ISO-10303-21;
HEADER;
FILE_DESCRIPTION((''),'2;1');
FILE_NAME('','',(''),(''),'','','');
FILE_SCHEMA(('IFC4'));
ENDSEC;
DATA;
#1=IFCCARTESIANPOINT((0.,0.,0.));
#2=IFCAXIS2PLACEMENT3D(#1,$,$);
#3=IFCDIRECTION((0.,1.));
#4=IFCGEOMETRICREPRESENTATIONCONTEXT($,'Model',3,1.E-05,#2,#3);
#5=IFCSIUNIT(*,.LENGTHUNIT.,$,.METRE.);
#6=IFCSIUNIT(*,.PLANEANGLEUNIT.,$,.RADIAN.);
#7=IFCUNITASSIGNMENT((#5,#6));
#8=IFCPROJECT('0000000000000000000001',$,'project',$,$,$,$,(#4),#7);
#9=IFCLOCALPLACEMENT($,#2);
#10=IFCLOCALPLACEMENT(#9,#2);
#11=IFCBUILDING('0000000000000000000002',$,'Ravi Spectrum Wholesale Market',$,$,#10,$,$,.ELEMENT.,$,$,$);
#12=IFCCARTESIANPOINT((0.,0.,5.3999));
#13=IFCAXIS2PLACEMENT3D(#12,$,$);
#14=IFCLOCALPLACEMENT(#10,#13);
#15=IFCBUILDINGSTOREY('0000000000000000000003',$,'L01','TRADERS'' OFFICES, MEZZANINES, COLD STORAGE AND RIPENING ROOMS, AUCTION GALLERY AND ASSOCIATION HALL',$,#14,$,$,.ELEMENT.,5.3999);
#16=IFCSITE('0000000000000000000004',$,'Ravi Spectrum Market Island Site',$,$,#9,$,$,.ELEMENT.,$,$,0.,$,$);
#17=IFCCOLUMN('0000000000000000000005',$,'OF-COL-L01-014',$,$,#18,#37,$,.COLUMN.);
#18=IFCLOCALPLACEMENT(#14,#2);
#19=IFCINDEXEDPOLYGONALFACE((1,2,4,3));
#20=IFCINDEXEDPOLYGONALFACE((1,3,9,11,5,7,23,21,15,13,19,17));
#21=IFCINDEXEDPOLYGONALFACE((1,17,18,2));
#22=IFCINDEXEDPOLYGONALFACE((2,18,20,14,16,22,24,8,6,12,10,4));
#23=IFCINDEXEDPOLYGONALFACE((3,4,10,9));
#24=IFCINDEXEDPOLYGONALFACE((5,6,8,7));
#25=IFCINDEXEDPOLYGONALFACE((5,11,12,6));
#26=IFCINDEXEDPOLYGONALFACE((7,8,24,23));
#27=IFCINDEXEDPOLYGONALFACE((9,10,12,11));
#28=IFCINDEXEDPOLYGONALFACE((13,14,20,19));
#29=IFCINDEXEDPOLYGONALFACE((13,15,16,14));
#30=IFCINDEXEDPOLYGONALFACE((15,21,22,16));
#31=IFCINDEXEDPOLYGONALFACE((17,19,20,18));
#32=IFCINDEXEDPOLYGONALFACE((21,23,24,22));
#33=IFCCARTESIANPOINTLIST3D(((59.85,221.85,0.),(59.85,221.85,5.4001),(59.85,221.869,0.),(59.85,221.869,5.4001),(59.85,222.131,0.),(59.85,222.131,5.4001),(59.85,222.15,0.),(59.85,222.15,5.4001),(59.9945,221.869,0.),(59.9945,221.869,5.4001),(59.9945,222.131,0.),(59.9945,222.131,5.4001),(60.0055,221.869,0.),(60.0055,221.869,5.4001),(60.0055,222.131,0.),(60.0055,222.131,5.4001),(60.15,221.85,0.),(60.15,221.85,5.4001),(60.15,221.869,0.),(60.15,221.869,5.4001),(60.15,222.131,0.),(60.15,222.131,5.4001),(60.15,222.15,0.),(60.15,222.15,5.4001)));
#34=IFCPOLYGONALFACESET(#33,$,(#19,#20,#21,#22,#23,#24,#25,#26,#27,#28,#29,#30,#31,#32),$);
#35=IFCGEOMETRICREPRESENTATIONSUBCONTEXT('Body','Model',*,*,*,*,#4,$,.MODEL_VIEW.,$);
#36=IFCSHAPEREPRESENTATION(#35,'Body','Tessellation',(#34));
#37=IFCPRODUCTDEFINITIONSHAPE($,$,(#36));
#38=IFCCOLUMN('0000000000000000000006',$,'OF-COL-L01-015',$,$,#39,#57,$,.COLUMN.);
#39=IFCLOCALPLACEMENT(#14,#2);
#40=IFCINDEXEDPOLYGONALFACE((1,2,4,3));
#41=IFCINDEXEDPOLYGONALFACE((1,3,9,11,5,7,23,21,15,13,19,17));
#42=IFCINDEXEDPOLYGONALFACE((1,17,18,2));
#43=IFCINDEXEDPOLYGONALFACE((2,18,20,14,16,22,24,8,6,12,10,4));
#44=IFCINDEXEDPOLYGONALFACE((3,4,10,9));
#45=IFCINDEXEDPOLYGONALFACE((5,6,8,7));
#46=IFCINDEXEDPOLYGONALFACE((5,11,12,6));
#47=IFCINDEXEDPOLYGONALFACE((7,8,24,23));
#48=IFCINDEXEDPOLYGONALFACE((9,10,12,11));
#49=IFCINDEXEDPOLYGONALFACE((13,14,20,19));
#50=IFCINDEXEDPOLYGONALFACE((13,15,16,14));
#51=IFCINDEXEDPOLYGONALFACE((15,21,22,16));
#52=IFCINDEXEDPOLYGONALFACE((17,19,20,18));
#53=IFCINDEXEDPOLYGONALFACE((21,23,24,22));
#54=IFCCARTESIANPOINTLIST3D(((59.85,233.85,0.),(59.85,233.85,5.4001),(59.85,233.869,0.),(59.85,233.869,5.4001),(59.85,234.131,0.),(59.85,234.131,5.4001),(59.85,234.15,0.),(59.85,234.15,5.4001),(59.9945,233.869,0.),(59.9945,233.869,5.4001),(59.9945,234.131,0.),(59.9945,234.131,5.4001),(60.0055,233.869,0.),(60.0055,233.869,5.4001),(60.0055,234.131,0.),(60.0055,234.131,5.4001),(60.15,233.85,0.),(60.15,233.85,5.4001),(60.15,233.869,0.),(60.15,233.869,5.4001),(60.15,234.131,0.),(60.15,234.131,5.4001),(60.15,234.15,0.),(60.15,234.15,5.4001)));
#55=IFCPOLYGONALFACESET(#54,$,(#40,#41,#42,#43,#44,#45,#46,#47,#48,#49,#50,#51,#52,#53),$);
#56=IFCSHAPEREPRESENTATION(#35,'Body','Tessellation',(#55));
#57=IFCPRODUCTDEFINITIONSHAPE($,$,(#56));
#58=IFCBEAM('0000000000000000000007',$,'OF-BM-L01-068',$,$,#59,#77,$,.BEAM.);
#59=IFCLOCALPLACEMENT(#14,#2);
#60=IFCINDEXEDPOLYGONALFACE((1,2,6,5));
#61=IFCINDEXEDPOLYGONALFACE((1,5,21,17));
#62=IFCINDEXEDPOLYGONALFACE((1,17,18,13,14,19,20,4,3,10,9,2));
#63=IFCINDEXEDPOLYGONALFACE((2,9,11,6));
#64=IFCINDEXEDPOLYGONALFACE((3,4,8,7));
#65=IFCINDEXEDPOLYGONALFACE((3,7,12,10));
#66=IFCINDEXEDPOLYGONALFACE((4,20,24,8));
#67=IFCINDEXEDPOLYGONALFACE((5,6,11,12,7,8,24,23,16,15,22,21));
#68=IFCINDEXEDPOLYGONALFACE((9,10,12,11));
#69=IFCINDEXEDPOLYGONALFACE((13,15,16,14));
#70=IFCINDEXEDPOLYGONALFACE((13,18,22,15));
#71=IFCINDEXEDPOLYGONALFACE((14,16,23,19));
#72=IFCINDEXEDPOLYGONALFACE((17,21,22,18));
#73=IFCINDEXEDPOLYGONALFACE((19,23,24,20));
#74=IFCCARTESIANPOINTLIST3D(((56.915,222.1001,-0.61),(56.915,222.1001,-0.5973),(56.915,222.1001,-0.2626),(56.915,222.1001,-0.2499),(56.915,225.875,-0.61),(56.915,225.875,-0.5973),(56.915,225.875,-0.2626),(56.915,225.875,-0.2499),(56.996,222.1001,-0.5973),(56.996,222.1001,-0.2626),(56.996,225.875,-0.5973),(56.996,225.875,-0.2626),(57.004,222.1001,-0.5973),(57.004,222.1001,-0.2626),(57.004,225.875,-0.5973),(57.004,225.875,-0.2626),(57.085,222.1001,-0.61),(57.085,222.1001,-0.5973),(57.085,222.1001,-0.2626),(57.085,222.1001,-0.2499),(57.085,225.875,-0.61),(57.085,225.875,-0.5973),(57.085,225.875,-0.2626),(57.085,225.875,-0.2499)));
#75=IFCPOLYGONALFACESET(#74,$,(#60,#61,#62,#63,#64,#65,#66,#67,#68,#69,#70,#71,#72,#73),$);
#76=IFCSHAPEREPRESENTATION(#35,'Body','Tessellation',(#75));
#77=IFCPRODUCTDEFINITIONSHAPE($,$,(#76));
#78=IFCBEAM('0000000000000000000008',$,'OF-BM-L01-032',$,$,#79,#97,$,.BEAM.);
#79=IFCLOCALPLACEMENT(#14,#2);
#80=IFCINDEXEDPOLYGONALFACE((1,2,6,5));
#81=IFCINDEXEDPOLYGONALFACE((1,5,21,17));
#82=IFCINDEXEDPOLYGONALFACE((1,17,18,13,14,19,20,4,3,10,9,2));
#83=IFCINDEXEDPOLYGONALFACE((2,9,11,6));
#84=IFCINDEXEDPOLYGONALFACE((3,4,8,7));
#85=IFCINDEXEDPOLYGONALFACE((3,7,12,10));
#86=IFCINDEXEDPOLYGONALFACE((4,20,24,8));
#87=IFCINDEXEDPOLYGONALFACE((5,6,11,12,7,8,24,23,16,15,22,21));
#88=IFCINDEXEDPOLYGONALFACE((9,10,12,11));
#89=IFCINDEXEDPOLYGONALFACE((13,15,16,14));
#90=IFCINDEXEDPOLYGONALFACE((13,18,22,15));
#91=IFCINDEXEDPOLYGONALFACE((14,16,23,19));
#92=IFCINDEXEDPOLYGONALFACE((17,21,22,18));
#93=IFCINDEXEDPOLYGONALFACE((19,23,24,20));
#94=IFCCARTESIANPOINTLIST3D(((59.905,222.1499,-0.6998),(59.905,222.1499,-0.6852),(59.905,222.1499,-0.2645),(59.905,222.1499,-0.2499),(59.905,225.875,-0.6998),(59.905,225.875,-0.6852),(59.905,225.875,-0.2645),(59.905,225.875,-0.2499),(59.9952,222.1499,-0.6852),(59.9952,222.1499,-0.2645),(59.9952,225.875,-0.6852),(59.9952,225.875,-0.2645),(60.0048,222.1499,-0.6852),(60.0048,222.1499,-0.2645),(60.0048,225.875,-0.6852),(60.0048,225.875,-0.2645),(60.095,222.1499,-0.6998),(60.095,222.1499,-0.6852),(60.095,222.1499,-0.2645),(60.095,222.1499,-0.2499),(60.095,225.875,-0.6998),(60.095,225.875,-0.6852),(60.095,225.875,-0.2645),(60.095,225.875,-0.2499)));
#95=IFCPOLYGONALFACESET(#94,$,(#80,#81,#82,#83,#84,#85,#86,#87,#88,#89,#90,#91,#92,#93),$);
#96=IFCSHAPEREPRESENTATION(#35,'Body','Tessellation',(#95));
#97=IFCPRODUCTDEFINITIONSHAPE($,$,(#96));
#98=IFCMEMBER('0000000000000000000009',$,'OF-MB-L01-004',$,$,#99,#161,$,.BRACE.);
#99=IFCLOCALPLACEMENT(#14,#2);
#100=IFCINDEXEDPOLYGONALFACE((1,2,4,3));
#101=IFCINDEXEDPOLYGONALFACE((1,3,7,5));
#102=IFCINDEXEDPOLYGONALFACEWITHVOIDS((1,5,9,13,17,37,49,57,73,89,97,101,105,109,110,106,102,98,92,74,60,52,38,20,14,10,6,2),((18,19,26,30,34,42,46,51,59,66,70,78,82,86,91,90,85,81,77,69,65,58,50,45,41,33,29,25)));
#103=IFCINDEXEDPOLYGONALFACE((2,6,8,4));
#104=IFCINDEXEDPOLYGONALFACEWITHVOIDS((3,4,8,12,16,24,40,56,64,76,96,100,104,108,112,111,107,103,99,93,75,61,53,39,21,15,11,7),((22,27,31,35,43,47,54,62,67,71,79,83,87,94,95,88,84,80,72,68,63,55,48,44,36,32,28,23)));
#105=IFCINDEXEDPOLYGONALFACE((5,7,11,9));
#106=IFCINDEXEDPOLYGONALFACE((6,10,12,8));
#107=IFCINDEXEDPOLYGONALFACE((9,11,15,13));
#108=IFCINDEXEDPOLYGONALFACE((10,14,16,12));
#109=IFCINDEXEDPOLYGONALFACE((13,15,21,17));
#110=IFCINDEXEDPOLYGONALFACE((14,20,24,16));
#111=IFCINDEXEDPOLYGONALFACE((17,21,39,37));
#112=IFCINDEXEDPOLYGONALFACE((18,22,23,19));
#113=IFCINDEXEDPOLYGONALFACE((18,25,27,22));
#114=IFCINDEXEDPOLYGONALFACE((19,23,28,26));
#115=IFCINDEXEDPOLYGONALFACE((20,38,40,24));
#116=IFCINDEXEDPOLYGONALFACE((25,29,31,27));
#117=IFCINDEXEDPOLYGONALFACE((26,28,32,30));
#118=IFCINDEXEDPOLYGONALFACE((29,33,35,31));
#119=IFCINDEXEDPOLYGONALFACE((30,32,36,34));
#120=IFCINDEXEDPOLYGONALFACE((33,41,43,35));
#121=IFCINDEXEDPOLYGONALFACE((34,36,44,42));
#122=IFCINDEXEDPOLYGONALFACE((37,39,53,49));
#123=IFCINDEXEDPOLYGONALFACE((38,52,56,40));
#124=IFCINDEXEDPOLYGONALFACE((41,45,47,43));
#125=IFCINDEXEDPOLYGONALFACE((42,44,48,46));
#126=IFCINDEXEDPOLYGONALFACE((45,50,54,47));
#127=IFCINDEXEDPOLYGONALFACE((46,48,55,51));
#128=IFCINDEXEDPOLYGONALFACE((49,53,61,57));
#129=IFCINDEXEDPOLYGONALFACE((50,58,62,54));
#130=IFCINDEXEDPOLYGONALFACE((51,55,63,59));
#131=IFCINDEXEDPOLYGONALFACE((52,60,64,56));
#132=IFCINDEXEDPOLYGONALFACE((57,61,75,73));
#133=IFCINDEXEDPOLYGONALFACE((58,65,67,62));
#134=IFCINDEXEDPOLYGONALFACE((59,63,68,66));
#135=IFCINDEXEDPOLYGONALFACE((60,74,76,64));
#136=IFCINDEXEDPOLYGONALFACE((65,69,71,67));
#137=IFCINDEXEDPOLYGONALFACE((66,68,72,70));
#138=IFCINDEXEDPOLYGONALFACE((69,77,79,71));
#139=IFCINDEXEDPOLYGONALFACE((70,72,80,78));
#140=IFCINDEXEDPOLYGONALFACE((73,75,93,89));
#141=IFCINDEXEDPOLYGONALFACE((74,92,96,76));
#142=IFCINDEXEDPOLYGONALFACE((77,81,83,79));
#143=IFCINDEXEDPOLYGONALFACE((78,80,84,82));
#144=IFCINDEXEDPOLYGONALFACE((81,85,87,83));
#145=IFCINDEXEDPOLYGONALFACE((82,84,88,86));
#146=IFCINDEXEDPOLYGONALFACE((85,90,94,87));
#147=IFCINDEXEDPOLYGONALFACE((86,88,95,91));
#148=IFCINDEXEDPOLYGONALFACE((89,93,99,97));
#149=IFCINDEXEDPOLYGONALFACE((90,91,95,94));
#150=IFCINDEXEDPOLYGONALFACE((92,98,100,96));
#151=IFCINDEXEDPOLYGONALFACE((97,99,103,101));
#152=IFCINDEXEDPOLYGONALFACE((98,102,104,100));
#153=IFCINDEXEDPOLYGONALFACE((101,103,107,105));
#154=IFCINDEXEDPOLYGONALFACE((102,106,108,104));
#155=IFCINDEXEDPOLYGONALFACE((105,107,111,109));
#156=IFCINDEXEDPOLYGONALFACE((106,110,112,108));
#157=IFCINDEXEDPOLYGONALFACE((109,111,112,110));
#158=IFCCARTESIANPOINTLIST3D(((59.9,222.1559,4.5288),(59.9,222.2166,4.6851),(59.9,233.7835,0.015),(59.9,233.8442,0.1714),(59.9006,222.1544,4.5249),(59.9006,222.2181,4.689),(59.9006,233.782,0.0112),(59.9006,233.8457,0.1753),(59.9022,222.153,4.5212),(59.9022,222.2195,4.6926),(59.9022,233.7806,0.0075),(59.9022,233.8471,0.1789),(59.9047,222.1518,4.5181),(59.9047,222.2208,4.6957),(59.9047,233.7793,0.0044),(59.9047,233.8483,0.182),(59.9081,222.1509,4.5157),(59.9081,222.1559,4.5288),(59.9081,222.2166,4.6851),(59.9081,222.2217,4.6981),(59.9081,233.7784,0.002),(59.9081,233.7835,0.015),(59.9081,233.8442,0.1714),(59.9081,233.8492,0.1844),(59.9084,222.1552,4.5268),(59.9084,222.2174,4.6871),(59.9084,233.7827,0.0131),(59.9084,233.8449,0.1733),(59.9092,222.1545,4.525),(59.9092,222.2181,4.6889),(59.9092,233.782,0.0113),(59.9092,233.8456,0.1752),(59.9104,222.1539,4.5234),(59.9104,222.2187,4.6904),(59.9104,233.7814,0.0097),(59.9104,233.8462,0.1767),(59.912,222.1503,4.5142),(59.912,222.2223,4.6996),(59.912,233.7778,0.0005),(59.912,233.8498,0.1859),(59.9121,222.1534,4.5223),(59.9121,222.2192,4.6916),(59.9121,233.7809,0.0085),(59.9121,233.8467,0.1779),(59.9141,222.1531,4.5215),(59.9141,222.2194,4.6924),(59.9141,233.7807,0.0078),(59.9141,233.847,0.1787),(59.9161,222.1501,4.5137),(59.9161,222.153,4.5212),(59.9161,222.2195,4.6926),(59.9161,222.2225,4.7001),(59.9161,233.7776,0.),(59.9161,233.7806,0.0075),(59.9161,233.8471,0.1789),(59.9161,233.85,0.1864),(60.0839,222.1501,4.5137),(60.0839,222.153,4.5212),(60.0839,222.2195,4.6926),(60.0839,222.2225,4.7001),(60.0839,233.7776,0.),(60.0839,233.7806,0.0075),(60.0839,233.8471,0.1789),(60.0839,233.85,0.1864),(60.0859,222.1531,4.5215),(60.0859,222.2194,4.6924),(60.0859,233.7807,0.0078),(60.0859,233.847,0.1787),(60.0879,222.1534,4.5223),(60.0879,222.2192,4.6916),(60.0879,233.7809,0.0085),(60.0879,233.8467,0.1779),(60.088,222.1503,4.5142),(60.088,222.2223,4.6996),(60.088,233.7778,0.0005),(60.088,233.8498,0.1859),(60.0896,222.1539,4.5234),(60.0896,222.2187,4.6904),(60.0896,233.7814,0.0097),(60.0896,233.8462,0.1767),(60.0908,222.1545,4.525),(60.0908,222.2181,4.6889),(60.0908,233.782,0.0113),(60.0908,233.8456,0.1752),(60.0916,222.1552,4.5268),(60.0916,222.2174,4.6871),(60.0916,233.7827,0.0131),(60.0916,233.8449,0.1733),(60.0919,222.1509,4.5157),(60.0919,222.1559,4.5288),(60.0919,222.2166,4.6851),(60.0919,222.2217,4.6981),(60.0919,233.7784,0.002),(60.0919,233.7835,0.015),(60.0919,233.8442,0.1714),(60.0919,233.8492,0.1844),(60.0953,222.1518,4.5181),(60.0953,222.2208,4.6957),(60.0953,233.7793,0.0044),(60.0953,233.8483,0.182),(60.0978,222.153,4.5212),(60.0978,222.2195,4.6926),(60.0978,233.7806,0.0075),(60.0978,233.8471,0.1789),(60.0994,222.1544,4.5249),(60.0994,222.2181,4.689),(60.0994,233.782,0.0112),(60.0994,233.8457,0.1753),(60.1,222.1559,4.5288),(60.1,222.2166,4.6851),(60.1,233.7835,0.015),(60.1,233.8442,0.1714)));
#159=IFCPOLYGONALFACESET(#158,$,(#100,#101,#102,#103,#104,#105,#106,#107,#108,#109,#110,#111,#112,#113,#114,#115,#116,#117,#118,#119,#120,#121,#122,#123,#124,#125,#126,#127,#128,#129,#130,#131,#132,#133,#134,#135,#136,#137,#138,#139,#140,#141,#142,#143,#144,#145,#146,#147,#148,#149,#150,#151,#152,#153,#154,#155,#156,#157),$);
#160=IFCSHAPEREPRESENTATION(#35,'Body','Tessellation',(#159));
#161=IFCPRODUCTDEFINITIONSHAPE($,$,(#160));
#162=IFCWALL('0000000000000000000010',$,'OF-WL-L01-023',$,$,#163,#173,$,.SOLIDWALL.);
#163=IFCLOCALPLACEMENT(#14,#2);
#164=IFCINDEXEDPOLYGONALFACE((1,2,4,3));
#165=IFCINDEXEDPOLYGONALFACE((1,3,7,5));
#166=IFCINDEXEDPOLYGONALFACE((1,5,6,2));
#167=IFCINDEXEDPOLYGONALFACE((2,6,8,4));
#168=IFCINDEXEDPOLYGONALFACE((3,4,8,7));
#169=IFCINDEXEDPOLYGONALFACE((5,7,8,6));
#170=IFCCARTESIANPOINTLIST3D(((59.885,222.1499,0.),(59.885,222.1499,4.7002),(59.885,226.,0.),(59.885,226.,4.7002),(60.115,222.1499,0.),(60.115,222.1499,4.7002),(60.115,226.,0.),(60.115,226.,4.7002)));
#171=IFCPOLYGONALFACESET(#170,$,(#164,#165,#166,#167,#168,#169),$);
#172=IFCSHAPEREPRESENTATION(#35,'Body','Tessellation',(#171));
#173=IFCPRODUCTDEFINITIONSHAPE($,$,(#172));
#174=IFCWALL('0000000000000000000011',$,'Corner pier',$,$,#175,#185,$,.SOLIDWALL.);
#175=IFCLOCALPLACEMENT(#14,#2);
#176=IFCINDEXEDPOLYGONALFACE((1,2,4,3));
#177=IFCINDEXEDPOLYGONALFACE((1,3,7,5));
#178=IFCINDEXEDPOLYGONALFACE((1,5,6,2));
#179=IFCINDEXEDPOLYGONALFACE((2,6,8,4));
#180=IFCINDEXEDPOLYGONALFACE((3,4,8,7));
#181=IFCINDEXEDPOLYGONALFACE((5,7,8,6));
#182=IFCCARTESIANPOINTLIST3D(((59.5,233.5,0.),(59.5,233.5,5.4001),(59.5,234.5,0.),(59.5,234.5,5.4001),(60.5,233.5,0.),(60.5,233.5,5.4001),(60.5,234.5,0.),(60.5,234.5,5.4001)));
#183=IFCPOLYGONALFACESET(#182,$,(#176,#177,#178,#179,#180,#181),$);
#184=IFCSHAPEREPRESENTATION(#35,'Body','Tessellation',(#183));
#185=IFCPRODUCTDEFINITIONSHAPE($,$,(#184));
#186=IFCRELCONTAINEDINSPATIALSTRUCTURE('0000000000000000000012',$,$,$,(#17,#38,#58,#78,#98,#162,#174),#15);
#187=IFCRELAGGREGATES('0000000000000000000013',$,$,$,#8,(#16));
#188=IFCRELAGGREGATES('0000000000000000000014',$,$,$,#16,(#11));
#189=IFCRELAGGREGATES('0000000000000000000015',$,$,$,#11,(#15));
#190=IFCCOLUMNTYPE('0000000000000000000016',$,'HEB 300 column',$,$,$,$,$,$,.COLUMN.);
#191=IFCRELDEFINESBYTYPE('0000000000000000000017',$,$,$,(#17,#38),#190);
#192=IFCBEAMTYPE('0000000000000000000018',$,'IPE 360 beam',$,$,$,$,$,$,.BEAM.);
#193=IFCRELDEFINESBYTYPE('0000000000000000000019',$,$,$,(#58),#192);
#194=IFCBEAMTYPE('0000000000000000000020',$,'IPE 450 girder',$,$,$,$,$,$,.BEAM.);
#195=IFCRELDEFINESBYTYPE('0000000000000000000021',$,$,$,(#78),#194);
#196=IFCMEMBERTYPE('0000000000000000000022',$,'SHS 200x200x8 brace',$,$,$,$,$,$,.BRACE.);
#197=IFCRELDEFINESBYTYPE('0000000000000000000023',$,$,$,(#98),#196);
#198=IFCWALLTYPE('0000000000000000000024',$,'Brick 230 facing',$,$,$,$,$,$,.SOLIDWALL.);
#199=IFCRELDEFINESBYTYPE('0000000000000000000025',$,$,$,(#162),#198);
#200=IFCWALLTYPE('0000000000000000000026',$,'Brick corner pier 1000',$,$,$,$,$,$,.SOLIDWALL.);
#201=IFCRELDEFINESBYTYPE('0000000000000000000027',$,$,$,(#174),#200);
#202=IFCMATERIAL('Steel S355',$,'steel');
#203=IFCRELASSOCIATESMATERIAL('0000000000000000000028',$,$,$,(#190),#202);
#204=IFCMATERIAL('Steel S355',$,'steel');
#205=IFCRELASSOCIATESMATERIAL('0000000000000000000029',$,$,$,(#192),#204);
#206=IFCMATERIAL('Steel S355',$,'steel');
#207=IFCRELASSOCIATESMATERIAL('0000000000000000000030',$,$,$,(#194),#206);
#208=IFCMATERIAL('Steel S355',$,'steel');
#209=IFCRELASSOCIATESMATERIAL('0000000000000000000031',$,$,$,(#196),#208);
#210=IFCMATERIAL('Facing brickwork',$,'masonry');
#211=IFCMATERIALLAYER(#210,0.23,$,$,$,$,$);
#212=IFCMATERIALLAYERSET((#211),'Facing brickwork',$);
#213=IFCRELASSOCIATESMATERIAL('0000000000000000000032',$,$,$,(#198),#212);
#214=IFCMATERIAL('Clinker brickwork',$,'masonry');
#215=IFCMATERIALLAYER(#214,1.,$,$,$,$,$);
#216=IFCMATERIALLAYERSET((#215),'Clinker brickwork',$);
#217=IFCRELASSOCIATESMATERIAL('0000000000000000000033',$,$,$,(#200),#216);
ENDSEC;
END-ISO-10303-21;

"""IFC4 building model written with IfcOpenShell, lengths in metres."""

from ifc_helpers import new_model, si_unit, direction, frame, frame_2d, origin, origin_2d, place, context, subcontext, project, spatial, rectangle, hollow_rectangle, i_section, extrude, material, layer, layer_set, material_profile, profile_set, type_object, element, save


model = new_model("IFC4")

# Units and contexts
model_context = context("Model", 3, precision=1e-05, world=origin(), true_north=direction((0.0, 1.0)))
body_context = subcontext(model_context, "Body", "Model", "MODEL_VIEW")
ifc_project = project(units=[si_unit("LENGTHUNIT", "METRE"), si_unit("PLANEANGLEUNIT", "RADIAN")], contexts=[model_context])

# Site, building, storey
site_placement = place(None, origin())
site = spatial("IfcSite", under=ifc_project, at=site_placement, Name="Ravi Spectrum Market Island Site", CompositionType="ELEMENT", RefElevation=0.0)
building_placement = place(site_placement, origin())
building = spatial("IfcBuilding", under=site, at=building_placement, Name="Ravi Spectrum Wholesale Market", CompositionType="ELEMENT")
storey_placement = place(building_placement, frame((0.0, 0.0, 5.3999)))
storey = spatial("IfcBuildingStorey", under=building, at=storey_placement, Name="L01", Description="TRADERS' OFFICES, MEZZANINES, COLD STORAGE AND RIPENING ROOMS, AUCTION GALLERY AND ASSOCIATION HALL", CompositionType="ELEMENT", Elevation=5.3999)

# Columns
ifc_material_1 = material(Name="Steel S355", Category="steel")
ifc_material_profile_1 = material_profile(ifc_material_1, i_section(OverallWidth=0.3, OverallDepth=0.3, WebThickness=0.011, FlangeThickness=0.019, at=origin_2d()))
ifc_profile_set_1 = profile_set([ifc_material_profile_1], Name="Steel S355")
column_type = type_object("IfcColumnType", Name="HEB 300 column", PredefinedType="COLUMN", material=ifc_profile_set_1)
for number, where, z_axis, x_axis, name in (
    (1, (60.0, 222.0, 0.0), (0.0, 0.0, 1.0), (1.0, 0.0, 0.0), "OF-COL-L01-014"),
    (2, (60.0, 234.0, 0.0), (0.0, 0.0, 1.0), (1.0, 0.0, 0.0), "OF-COL-L01-015"),
):
    element("IfcColumn", number, at=place(storey_placement, frame(where, z_axis=z_axis, x_axis=x_axis)), inside=storey, type_object=column_type, Name=name, PredefinedType="COLUMN", context=body_context, shape_type="SweptSolid", body=[
        extrude(i_section(OverallWidth=0.3, OverallDepth=0.3, WebThickness=0.011, FlangeThickness=0.019, at=origin_2d()), origin(), (0.0, 0.0, 1.0), 5.4001),
    ])

# Beams
ifc_material_2 = material(Name="Steel S355", Category="steel")
ifc_material_profile_2 = material_profile(ifc_material_2, i_section(OverallWidth=0.1699, OverallDepth=0.3601, WebThickness=0.0081, FlangeThickness=0.0127, at=origin_2d()))
ifc_profile_set_2 = profile_set([ifc_material_profile_2], Name="Steel S355")
beam_type_1 = type_object("IfcBeamType", Name="IPE 360 beam", PredefinedType="BEAM", material=ifc_profile_set_2)
beam_1_placement = place(storey_placement, frame((57.0, 222.1001, -0.4299), z_axis=(0.0, 1.0, 0.0), x_axis=(-1.0, 0.0, 0.0)))
element("IfcBeam", 3, at=beam_1_placement, inside=storey, type_object=beam_type_1, Name="OF-BM-L01-068", PredefinedType="BEAM", context=body_context, shape_type="SweptSolid", body=[
    extrude(i_section(OverallWidth=0.1699, OverallDepth=0.3601, WebThickness=0.0081, FlangeThickness=0.0127, at=origin_2d()), origin(), (0.0, 0.0, 1.0), 3.7749),
])
ifc_material_3 = material(Name="Steel S355", Category="steel")
ifc_material_profile_3 = material_profile(ifc_material_3, i_section(OverallWidth=0.1899, OverallDepth=0.45, WebThickness=0.0095, FlangeThickness=0.0146, at=origin_2d()))
ifc_profile_set_3 = profile_set([ifc_material_profile_3], Name="Steel S355")
beam_type_2 = type_object("IfcBeamType", Name="IPE 450 girder", PredefinedType="BEAM", material=ifc_profile_set_3)
beam_2_placement = place(storey_placement, frame((60.0, 222.1499, -0.4749), z_axis=(0.0, 1.0, 0.0), x_axis=(-1.0, 0.0, 0.0)))
element("IfcBeam", 4, at=beam_2_placement, inside=storey, type_object=beam_type_2, Name="OF-BM-L01-032", PredefinedType="BEAM", context=body_context, shape_type="SweptSolid", body=[
    extrude(i_section(OverallWidth=0.1899, OverallDepth=0.45, WebThickness=0.0095, FlangeThickness=0.0146, at=origin_2d()), origin(), (0.0, 0.0, 1.0), 3.7251),
])

# Member
ifc_material_4 = material(Name="Steel S355", Category="steel")
ifc_material_profile_4 = material_profile(ifc_material_4, hollow_rectangle(XDim=0.2, YDim=0.2, WallThickness=0.0081, InnerFilletRadius=0.0081, OuterFilletRadius=0.0161, at=origin_2d()))
ifc_profile_set_4 = profile_set([ifc_material_profile_4], Name="Steel S355")
member_type = type_object("IfcMemberType", Name="SHS 200x200x8 brace", PredefinedType="BRACE", material=ifc_profile_set_4)
member_placement = place(storey_placement, frame((60.0, 222.1863, 4.6069), z_axis=(0.0, 0.932224, -0.361881), x_axis=(-1.0, 0.0, 0.0)))
element("IfcMember", 5, at=member_placement, inside=storey, type_object=member_type, Name="OF-MB-L01-004", PredefinedType="BRACE", context=body_context, shape_type="SweptSolid", body=[
    extrude(hollow_rectangle(XDim=0.2, YDim=0.2, WallThickness=0.0081, InnerFilletRadius=0.0081, OuterFilletRadius=0.0161, at=origin_2d()), origin(), (0.0, 0.0, 1.0), 12.4729),
])

# Walls
ifc_material_5 = material(Name="Facing brickwork", Category="masonry")
ifc_layer_1 = layer(ifc_material_5, 0.23)
ifc_layer_set_1 = layer_set([ifc_layer_1], Name="Facing brickwork")
wall_type_1 = type_object("IfcWallType", Name="Brick 230 facing", PredefinedType="SOLIDWALL", material=ifc_layer_set_1)
wall_1_placement = place(storey_placement, frame((60.0, 222.1499, 0.0), z_axis=(0.0, 0.0, 1.0), x_axis=(0.0, 1.0, 0.0)))
element("IfcWall", 6, at=wall_1_placement, inside=storey, type_object=wall_type_1, Name="OF-WL-L01-023", PredefinedType="SOLIDWALL", context=body_context, shape_type="SweptSolid", body=[
    extrude(rectangle(XDim=3.8501, YDim=0.23, at=frame_2d((1.925, 0.0))), origin(), (0.0, 0.0, 1.0), 4.7002),
])
ifc_material_6 = material(Name="Clinker brickwork", Category="masonry")
ifc_layer_2 = layer(ifc_material_6, 1.0)
ifc_layer_set_2 = layer_set([ifc_layer_2], Name="Clinker brickwork")
wall_type_2 = type_object("IfcWallType", Name="Brick corner pier 1000", PredefinedType="SOLIDWALL", material=ifc_layer_set_2)
wall_2_placement = place(storey_placement, frame((59.5, 234.0, 0.0), z_axis=(0.0, 0.0, 1.0), x_axis=(1.0, 0.0, 0.0)))
element("IfcWall", 7, at=wall_2_placement, inside=storey, type_object=wall_type_2, Name="Corner pier", PredefinedType="SOLIDWALL", context=body_context, shape_type="SweptSolid", body=[
    extrude(rectangle(XDim=1.0, YDim=1.0, at=frame_2d((0.5, 0.0))), origin(), (0.0, 0.0, 1.0), 5.4001),
])

save(model, "model.ifc")
